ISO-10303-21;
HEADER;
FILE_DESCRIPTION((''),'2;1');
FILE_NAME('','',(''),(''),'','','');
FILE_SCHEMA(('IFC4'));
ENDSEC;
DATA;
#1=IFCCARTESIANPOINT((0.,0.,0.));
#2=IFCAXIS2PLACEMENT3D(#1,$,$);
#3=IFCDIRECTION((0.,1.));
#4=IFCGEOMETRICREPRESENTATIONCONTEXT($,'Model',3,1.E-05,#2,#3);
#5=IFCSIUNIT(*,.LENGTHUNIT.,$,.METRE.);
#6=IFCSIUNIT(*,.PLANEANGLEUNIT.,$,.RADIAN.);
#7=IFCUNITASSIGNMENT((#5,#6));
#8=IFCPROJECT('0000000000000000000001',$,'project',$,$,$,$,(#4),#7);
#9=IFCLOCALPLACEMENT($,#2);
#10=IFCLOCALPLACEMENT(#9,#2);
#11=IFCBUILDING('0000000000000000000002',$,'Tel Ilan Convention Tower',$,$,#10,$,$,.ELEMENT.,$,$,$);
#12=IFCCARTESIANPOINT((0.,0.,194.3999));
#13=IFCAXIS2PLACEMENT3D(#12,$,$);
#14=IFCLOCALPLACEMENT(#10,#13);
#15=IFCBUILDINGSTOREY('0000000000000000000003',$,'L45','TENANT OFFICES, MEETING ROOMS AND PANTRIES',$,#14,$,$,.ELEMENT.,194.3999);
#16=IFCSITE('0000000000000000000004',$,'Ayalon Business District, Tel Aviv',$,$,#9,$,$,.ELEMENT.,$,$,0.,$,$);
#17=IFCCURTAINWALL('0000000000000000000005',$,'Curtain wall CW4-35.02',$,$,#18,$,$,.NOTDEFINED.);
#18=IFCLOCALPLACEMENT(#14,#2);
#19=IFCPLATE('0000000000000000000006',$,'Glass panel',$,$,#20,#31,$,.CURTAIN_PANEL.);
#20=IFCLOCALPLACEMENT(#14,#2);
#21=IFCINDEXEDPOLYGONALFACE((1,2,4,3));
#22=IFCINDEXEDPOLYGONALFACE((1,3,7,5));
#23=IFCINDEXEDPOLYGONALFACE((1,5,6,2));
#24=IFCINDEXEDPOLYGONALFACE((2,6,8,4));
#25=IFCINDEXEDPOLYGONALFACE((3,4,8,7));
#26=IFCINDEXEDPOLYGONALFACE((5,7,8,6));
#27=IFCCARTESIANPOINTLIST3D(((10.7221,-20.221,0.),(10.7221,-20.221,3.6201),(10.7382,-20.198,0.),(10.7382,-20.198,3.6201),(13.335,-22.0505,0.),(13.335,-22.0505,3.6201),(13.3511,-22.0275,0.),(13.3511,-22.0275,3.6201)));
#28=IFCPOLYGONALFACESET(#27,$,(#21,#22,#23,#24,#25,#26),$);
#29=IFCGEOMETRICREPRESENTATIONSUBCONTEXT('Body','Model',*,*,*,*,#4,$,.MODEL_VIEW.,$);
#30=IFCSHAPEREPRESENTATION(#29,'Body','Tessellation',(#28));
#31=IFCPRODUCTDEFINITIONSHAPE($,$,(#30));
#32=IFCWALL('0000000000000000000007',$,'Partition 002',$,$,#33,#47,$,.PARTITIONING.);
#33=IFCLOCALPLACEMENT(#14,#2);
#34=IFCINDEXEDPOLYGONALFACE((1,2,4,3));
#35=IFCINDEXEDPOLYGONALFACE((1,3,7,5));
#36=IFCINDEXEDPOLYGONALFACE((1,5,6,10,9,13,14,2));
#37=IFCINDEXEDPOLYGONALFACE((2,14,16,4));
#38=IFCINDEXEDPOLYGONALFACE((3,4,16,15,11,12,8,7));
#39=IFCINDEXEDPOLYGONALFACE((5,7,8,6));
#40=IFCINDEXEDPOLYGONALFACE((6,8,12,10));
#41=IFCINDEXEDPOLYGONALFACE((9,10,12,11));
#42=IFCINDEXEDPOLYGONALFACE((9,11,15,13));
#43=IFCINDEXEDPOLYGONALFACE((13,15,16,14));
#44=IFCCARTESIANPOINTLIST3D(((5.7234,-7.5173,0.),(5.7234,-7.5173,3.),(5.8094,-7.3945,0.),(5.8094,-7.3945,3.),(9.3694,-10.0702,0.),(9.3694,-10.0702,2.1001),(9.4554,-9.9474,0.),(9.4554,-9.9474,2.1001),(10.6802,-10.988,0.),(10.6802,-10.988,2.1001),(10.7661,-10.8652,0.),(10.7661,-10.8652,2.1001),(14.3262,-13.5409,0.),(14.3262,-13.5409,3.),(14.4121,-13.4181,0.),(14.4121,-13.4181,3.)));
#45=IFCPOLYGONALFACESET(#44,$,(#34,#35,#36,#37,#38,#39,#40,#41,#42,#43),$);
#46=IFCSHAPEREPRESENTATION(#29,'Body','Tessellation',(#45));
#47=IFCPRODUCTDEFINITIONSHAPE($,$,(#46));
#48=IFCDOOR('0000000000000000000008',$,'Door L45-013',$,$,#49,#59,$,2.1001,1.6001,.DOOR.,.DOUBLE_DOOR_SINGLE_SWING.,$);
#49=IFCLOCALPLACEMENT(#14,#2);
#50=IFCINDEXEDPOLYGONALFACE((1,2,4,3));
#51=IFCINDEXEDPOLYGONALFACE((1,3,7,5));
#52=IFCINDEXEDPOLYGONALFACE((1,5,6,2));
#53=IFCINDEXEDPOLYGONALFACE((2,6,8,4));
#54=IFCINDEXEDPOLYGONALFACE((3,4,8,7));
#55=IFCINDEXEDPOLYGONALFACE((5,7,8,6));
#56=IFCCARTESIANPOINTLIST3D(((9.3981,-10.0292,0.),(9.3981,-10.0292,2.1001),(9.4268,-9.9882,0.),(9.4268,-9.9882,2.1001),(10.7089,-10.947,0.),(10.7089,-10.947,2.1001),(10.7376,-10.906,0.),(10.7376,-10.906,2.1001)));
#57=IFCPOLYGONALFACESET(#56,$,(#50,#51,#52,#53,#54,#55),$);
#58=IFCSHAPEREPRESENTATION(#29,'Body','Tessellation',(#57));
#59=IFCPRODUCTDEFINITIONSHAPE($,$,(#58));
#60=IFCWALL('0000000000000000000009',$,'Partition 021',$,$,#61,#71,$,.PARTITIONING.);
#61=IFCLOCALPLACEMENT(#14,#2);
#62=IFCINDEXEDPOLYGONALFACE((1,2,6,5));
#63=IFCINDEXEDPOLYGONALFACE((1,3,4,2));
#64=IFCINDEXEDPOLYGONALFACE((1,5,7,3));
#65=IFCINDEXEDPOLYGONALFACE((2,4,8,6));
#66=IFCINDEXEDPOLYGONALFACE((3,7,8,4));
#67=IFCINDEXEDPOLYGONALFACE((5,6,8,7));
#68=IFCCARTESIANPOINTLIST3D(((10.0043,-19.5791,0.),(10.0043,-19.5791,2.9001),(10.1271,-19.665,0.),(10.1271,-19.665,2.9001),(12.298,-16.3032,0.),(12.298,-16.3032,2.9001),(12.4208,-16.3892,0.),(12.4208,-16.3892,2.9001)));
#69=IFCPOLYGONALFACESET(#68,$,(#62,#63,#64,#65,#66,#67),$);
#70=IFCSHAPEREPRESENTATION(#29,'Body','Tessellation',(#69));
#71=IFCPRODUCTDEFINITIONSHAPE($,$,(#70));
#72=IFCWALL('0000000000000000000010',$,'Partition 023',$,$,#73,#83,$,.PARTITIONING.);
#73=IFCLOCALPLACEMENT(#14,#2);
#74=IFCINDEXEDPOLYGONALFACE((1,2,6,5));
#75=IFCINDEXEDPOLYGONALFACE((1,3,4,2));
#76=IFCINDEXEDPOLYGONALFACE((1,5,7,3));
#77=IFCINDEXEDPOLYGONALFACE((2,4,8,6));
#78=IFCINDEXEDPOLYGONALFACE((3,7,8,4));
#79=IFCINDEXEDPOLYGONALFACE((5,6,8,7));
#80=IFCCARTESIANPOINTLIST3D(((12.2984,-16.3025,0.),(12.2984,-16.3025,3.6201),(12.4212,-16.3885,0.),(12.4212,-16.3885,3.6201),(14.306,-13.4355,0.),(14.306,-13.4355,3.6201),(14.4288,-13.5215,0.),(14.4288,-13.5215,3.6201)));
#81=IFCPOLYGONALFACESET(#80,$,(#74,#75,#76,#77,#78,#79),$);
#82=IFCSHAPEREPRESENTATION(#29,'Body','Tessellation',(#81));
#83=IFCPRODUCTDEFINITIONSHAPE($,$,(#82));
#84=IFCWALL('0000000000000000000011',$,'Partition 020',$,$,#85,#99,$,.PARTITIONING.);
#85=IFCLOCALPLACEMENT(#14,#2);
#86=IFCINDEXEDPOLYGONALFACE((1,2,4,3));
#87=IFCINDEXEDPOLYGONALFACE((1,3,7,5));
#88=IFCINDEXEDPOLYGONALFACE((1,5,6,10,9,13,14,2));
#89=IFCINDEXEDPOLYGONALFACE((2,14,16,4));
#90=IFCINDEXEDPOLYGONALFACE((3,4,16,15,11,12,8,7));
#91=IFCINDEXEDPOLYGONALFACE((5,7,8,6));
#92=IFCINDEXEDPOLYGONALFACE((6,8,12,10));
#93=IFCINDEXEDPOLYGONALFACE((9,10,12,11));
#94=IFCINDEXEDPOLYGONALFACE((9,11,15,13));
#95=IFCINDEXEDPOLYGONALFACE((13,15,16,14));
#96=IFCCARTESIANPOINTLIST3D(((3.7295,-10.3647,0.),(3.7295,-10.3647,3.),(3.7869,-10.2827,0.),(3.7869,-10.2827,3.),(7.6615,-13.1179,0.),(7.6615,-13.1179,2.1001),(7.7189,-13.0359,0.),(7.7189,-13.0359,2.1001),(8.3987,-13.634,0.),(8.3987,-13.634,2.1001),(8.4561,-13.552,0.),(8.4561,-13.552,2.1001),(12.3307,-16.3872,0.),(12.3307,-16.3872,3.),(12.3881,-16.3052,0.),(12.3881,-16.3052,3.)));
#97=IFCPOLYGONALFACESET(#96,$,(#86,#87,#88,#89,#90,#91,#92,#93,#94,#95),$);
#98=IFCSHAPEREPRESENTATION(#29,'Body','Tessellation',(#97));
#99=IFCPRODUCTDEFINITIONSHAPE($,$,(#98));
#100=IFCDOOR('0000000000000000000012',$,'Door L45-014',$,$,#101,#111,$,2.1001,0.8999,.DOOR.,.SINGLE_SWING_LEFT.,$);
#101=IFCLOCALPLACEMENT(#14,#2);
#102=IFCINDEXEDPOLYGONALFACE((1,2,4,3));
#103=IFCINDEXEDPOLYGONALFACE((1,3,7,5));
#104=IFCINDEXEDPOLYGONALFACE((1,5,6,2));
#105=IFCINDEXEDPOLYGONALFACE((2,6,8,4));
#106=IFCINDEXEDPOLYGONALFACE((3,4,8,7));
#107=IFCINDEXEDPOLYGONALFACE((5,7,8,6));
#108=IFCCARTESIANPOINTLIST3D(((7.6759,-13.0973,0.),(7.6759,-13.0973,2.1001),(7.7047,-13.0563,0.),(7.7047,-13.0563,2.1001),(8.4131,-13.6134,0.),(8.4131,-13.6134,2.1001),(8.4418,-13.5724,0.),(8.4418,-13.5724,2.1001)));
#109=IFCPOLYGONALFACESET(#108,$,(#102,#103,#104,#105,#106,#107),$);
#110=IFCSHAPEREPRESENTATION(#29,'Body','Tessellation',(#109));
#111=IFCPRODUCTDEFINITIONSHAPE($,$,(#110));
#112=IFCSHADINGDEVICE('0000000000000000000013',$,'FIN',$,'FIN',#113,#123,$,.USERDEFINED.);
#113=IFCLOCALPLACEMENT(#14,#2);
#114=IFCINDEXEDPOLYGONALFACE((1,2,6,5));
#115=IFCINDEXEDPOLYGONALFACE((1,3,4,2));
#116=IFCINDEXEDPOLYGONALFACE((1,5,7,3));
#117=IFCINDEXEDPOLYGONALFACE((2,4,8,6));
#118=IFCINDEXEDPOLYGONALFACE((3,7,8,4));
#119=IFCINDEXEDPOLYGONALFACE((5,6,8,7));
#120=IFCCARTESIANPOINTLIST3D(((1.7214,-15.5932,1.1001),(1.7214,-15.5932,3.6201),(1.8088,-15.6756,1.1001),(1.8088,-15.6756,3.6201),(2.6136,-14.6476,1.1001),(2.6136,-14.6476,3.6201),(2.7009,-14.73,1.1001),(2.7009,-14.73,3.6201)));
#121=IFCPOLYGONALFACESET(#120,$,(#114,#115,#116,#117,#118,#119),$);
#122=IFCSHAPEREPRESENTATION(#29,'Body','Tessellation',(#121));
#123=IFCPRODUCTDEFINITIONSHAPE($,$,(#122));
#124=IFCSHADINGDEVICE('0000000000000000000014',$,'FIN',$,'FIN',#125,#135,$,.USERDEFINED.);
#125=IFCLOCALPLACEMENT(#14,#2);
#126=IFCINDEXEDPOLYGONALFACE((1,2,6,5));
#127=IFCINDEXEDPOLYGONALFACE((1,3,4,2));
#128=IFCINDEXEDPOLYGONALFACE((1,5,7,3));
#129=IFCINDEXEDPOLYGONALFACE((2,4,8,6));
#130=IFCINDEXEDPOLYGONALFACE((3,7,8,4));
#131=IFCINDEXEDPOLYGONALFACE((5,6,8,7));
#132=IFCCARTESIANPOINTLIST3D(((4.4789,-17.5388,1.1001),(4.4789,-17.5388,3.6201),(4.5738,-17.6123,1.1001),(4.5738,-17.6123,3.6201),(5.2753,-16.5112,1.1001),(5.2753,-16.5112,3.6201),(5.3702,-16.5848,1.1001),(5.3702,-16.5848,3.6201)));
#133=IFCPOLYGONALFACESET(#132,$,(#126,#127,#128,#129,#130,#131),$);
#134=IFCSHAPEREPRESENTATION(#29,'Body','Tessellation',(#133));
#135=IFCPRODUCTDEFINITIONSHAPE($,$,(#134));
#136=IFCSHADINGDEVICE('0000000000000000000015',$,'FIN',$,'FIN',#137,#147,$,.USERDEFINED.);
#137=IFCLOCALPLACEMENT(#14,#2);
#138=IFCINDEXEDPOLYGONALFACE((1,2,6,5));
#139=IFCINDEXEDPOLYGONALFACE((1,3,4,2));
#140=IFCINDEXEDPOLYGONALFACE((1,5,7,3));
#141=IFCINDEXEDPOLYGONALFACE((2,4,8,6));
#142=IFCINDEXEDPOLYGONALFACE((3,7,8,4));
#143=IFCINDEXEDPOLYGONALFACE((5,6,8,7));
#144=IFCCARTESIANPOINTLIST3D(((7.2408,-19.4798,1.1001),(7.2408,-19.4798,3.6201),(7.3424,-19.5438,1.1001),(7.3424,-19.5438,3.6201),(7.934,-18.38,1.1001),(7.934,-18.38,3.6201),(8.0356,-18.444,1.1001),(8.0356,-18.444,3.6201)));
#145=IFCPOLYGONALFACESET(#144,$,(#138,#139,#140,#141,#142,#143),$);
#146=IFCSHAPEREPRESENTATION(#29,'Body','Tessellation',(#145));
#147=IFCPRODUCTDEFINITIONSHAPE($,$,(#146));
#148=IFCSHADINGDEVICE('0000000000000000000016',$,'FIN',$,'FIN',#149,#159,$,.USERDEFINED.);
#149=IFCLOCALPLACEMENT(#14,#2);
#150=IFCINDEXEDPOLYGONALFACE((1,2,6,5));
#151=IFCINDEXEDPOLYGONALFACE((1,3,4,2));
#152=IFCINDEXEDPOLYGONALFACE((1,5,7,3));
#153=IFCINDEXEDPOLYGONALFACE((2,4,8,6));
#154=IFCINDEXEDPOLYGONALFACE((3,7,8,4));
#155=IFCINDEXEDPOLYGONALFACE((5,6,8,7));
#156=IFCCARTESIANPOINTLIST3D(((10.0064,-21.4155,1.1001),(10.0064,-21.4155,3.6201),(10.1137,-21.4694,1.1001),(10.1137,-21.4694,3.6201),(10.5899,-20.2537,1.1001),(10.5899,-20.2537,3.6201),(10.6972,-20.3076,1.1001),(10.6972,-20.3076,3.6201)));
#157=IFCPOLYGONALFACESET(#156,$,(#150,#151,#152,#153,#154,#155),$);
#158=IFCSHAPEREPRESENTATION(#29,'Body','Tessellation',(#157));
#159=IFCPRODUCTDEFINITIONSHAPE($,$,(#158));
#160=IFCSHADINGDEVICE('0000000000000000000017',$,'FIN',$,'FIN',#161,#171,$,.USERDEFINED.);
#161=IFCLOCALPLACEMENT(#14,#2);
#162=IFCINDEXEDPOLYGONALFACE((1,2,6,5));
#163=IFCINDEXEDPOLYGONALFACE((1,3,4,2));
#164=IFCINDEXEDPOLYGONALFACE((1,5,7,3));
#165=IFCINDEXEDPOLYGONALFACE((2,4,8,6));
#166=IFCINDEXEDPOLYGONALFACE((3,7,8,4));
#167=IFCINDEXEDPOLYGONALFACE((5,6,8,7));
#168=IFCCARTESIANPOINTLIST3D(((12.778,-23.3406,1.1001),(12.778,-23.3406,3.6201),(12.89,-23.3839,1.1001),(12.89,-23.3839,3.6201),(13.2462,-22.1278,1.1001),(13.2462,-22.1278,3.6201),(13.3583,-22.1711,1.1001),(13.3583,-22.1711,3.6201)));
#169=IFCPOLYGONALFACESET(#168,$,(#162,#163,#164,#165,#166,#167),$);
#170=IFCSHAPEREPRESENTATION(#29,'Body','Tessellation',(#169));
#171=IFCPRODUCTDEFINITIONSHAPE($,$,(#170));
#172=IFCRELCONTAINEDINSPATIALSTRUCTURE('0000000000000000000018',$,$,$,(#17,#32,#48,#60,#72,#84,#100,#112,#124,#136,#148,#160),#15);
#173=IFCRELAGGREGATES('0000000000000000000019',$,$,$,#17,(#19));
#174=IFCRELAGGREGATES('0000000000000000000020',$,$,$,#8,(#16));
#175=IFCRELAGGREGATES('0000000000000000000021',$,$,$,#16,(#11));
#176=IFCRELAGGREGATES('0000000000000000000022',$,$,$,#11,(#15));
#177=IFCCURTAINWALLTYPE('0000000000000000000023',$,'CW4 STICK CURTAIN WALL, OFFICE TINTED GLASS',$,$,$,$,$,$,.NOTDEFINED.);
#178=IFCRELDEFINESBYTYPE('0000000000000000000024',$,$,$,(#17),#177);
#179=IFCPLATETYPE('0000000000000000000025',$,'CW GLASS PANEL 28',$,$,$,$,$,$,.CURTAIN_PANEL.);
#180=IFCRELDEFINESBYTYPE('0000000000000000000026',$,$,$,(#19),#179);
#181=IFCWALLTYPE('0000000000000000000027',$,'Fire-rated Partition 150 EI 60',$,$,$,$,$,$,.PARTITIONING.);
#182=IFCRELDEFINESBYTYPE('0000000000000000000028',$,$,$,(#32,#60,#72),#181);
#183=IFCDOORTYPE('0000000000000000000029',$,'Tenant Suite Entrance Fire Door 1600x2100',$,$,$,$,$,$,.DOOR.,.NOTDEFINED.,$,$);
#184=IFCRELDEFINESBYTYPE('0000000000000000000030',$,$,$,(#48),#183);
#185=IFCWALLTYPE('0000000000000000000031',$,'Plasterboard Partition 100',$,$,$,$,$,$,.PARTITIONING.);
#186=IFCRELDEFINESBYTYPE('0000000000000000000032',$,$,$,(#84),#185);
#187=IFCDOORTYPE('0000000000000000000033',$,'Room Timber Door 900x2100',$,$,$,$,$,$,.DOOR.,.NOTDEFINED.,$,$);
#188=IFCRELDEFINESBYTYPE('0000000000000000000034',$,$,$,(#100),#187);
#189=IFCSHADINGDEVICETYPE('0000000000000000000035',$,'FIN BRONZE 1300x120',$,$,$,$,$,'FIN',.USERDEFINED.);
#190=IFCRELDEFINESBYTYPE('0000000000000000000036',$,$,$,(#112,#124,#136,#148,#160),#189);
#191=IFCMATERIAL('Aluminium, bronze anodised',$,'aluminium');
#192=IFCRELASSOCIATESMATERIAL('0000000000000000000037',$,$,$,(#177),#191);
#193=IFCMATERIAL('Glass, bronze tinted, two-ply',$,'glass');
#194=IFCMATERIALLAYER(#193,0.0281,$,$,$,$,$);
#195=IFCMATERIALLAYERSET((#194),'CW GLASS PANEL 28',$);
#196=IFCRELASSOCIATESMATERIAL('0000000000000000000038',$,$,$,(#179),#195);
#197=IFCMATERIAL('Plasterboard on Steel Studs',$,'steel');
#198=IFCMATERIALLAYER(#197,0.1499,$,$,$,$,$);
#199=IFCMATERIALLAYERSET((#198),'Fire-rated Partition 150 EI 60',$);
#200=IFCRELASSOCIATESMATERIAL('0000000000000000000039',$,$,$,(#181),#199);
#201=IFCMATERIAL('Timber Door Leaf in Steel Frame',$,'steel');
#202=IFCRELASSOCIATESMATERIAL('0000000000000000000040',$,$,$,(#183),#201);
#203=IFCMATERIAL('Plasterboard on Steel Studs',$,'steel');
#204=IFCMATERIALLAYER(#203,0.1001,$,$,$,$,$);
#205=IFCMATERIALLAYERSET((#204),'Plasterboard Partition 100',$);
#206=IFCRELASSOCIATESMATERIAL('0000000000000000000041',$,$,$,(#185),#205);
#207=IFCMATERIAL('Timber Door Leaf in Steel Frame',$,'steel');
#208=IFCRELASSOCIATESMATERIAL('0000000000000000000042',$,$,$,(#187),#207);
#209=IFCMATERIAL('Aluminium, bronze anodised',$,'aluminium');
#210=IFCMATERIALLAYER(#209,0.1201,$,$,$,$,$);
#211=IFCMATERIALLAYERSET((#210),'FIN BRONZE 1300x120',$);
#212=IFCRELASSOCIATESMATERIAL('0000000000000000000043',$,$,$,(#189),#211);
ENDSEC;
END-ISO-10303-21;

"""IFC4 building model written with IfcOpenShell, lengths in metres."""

from ifc_helpers import new_model, si_unit, direction, frame, frame_2d, origin, origin_2d, place, context, subcontext, project, spatial, rectangle, extrude, material, layer, layer_set, type_object, element, fill, aggregate, save


model = new_model("IFC4")

# Units and contexts
model_context = context("Model", 3, precision=1e-05, world=origin(), true_north=direction((0.0, 1.0)))
body_context = subcontext(model_context, "Body", "Model", "MODEL_VIEW")
ifc_project = project(units=[si_unit("LENGTHUNIT", "METRE"), si_unit("PLANEANGLEUNIT", "RADIAN")], contexts=[model_context])

# Site, building, storey
site_placement = place(None, origin())
site = spatial("IfcSite", under=ifc_project, at=site_placement, Name="Ayalon Business District, Tel Aviv", CompositionType="ELEMENT", RefElevation=0.0)
building_placement = place(site_placement, origin())
building = spatial("IfcBuilding", under=site, at=building_placement, Name="Tel Ilan Convention Tower", CompositionType="ELEMENT")
storey_placement = place(building_placement, frame((0.0, 0.0, 194.3999)))
storey = spatial("IfcBuildingStorey", under=building, at=storey_placement, Name="L45", Description="TENANT OFFICES, MEETING ROOMS AND PANTRIES", CompositionType="ELEMENT", Elevation=194.3999)

# Curtain wall, plate
ifc_material_1 = material(Name="Aluminium, bronze anodised", Category="aluminium")
curtain_wall_type = type_object("IfcCurtainWallType", Name="CW4 STICK CURTAIN WALL, OFFICE TINTED GLASS", PredefinedType="NOTDEFINED", material=ifc_material_1)
curtain_wall_placement = place(storey_placement, origin())
curtain_wall = element("IfcCurtainWall", 1, at=curtain_wall_placement, inside=storey, type_object=curtain_wall_type, Name="Curtain wall CW4-35.02", PredefinedType="NOTDEFINED")
ifc_material_2 = material(Name="Glass, bronze tinted, two-ply", Category="glass")
ifc_layer_1 = layer(ifc_material_2, 0.0281)
ifc_layer_set_1 = layer_set([ifc_layer_1], Name="CW GLASS PANEL 28")
plate_type = type_object("IfcPlateType", Name="CW GLASS PANEL 28", PredefinedType="CURTAIN_PANEL", material=ifc_layer_set_1)
plate_1_placement = place(storey_placement, frame((12.0366, -21.1243, 0.0), z_axis=(0.0, 0.0, 1.0), x_axis=(0.819152, -0.573576, 0.0)))
plate_1 = element("IfcPlate", 2, at=plate_1_placement, type_object=plate_type, Name="Glass panel", PredefinedType="CURTAIN_PANEL", context=body_context, shape_type="SweptSolid", body=[
    extrude(rectangle(XDim=3.1897, YDim=0.0281, at=origin_2d()), origin(), (0.0, 0.0, 1.0), 3.6201),
])
aggregate(curtain_wall, [plate_1])

# Wall, opening, door
ifc_material_3 = material(Name="Plasterboard on Steel Studs", Category="steel")
ifc_layer_2 = layer(ifc_material_3, 0.1499)
ifc_layer_set_2 = layer_set([ifc_layer_2], Name="Fire-rated Partition 150 EI 60")
wall_type_1 = type_object("IfcWallType", Name="Fire-rated Partition 150 EI 60", PredefinedType="PARTITIONING", material=ifc_layer_set_2)
wall_1_placement = place(storey_placement, frame((14.3691, -13.4795, 0.0), z_axis=(0.0, 0.0, 1.0), x_axis=(-0.819154, 0.573573, 0.0)))
wall_1 = element("IfcWall", 3, at=wall_1_placement, inside=storey, type_object=wall_type_1, Name="Partition 002", PredefinedType="PARTITIONING", context=body_context, shape_type="SweptSolid", body=[
    extrude(rectangle(XDim=10.502, YDim=0.1499, at=frame_2d((5.251, 0.0))), origin(), (0.0, 0.0, 1.0), 3.0),
])
opening_1_placement = place(wall_1_placement, frame((4.4509, 0.0, 0.0)))
opening_1 = element("IfcOpeningElement", 4, at=opening_1_placement, cuts=wall_1, PredefinedType="OPENING", context=body_context, shape_type="SweptSolid", body=[
    extrude(rectangle(XDim=1.6001, YDim=2.1001, at=frame_2d((0.8, 1.05))), frame((0.0, 0.085, 0.0), z_axis=(0.0, -1.0, 0.0), x_axis=(1.0, 0.0, 0.0)), (0.0, 0.0, 1.0), 0.1699),
])
ifc_material_4 = material(Name="Timber Door Leaf in Steel Frame", Category="steel")
door_type_1 = type_object("IfcDoorType", Name="Tenant Suite Entrance Fire Door 1600x2100", OperationType="NOTDEFINED", PredefinedType="DOOR", material=ifc_material_4)
door_1_placement = place(opening_1_placement, origin())
door_1 = element("IfcDoor", 5, at=door_1_placement, inside=storey, type_object=door_type_1, Name="Door L45-013", OperationType="DOUBLE_DOOR_SINGLE_SWING", OverallHeight=2.1001, OverallWidth=1.6001, PredefinedType="DOOR", context=body_context, shape_type="SweptSolid", body=[
    extrude(rectangle(XDim=1.6001, YDim=2.1001, at=frame_2d((0.8, 1.05))), frame((0.0, 0.0249, 0.0), z_axis=(0.0, -1.0, 0.0), x_axis=(1.0, 0.0, 0.0)), (0.0, 0.0, 1.0), 0.05),
])
fill(opening_1, door_1)

# Walls
wall_2_placement = place(storey_placement, frame((12.3594, -16.3462, 0.0), z_axis=(0.0, 0.0, 1.0), x_axis=(-0.573561, -0.819163, 0.0)))
element("IfcWall", 6, at=wall_2_placement, inside=storey, type_object=wall_type_1, Name="Partition 021", PredefinedType="PARTITIONING", context=body_context, shape_type="SweptSolid", body=[
    extrude(rectangle(XDim=3.999, YDim=0.1499, at=frame_2d((1.9995, 0.0))), origin(), (0.0, 0.0, 1.0), 2.9001),
])
wall_3_placement = place(storey_placement, frame((14.3674, -13.4785, 0.0), z_axis=(0.0, 0.0, 1.0), x_axis=(-0.573598, -0.819137, 0.0)))
element("IfcWall", 7, at=wall_3_placement, inside=storey, type_object=wall_type_1, Name="Partition 023", PredefinedType="PARTITIONING", context=body_context, shape_type="SweptSolid", body=[
    extrude(rectangle(XDim=3.5, YDim=0.1499, at=frame_2d((1.75, 0.0))), origin(), (0.0, 0.0, 1.0), 3.6201),
])

# Wall, opening, door
ifc_material_5 = material(Name="Plasterboard on Steel Studs", Category="steel")
ifc_layer_3 = layer(ifc_material_5, 0.1001)
ifc_layer_set_3 = layer_set([ifc_layer_3], Name="Plasterboard Partition 100")
wall_type_2 = type_object("IfcWallType", Name="Plasterboard Partition 100", PredefinedType="PARTITIONING", material=ifc_layer_set_3)
wall_4_placement = place(storey_placement, frame((12.3594, -16.3462, 0.0), z_axis=(0.0, 0.0, 1.0), x_axis=(-0.819155, 0.573572, 0.0)))
wall_4 = element("IfcWall", 8, at=wall_4_placement, inside=storey, type_object=wall_type_2, Name="Partition 020", PredefinedType="PARTITIONING", context=body_context, shape_type="SweptSolid", body=[
    extrude(rectangle(XDim=10.5, YDim=0.1001, at=frame_2d((5.25, 0.0))), origin(), (0.0, 0.0, 1.0), 3.0),
])
opening_2_placement = place(wall_4_placement, frame((4.8, 0.0, 0.0)))
opening_2 = element("IfcOpeningElement", 9, at=opening_2_placement, cuts=wall_4, PredefinedType="OPENING", context=body_context, shape_type="SweptSolid", body=[
    extrude(rectangle(XDim=0.8999, YDim=2.1001, at=frame_2d((0.45, 1.05))), frame((0.0, 0.0601, 0.0), z_axis=(0.0, -1.0, 0.0), x_axis=(1.0, 0.0, 0.0)), (0.0, 0.0, 1.0), 0.1201),
])
ifc_material_6 = material(Name="Timber Door Leaf in Steel Frame", Category="steel")
door_type_2 = type_object("IfcDoorType", Name="Room Timber Door 900x2100", OperationType="NOTDEFINED", PredefinedType="DOOR", material=ifc_material_6)
door_2_placement = place(opening_2_placement, origin())
door_2 = element("IfcDoor", 10, at=door_2_placement, inside=storey, type_object=door_type_2, Name="Door L45-014", OperationType="SINGLE_SWING_LEFT", OverallHeight=2.1001, OverallWidth=0.8999, PredefinedType="DOOR", context=body_context, shape_type="SweptSolid", body=[
    extrude(rectangle(XDim=0.8999, YDim=2.1001, at=frame_2d((0.45, 1.05))), frame((0.0, 0.0249, 0.0), z_axis=(0.0, -1.0, 0.0), x_axis=(1.0, 0.0, 0.0)), (0.0, 0.0, 1.0), 0.05),
])
fill(opening_2, door_2)

# Shading devices
ifc_material_7 = material(Name="Aluminium, bronze anodised", Category="aluminium")
ifc_layer_4 = layer(ifc_material_7, 0.1201)
ifc_layer_set_4 = layer_set([ifc_layer_4], Name="FIN BRONZE 1300x120")
shading_device_type = type_object("IfcShadingDeviceType", Name="FIN BRONZE 1300x120", ElementType="FIN", PredefinedType="USERDEFINED", material=ifc_layer_set_4)
for number, where, z_axis, x_axis, name in (
    (11, (2.2112, -15.1616, 1.1001), (0.0, 0.0, 1.0), (-0.686242, -0.727374, 0.0), "FIN"),
    (12, (4.9246, -17.0618, 1.1001), (0.0, 0.0, 1.0), (-0.612601, -0.790393, 0.0), "FIN"),
    (13, (7.6382, -18.9619, 1.1001), (0.0, 0.0, 1.0), (-0.533204, -0.845986, 0.0), "FIN"),
    (14, (10.3518, -20.8616, 1.1001), (0.0, 0.0, 1.0), (-0.448799, -0.893633, 0.0), "FIN"),
    (15, (13.0681, -22.7559, 1.1001), (0.0, 0.0, 1.0), (-0.360178, -0.932884, 0.0), "FIN"),
):
    element("IfcShadingDevice", number, at=place(storey_placement, frame(where, z_axis=z_axis, x_axis=x_axis)), inside=storey, type_object=shading_device_type, Name=name, ObjectType="FIN", PredefinedType="USERDEFINED", context=body_context, shape_type="SweptSolid", body=[
        extrude(rectangle(XDim=1.3, YDim=0.1201, at=origin_2d()), origin(), (0.0, 0.0, 1.0), 2.52),
    ])

save(model, "model.ifc")
